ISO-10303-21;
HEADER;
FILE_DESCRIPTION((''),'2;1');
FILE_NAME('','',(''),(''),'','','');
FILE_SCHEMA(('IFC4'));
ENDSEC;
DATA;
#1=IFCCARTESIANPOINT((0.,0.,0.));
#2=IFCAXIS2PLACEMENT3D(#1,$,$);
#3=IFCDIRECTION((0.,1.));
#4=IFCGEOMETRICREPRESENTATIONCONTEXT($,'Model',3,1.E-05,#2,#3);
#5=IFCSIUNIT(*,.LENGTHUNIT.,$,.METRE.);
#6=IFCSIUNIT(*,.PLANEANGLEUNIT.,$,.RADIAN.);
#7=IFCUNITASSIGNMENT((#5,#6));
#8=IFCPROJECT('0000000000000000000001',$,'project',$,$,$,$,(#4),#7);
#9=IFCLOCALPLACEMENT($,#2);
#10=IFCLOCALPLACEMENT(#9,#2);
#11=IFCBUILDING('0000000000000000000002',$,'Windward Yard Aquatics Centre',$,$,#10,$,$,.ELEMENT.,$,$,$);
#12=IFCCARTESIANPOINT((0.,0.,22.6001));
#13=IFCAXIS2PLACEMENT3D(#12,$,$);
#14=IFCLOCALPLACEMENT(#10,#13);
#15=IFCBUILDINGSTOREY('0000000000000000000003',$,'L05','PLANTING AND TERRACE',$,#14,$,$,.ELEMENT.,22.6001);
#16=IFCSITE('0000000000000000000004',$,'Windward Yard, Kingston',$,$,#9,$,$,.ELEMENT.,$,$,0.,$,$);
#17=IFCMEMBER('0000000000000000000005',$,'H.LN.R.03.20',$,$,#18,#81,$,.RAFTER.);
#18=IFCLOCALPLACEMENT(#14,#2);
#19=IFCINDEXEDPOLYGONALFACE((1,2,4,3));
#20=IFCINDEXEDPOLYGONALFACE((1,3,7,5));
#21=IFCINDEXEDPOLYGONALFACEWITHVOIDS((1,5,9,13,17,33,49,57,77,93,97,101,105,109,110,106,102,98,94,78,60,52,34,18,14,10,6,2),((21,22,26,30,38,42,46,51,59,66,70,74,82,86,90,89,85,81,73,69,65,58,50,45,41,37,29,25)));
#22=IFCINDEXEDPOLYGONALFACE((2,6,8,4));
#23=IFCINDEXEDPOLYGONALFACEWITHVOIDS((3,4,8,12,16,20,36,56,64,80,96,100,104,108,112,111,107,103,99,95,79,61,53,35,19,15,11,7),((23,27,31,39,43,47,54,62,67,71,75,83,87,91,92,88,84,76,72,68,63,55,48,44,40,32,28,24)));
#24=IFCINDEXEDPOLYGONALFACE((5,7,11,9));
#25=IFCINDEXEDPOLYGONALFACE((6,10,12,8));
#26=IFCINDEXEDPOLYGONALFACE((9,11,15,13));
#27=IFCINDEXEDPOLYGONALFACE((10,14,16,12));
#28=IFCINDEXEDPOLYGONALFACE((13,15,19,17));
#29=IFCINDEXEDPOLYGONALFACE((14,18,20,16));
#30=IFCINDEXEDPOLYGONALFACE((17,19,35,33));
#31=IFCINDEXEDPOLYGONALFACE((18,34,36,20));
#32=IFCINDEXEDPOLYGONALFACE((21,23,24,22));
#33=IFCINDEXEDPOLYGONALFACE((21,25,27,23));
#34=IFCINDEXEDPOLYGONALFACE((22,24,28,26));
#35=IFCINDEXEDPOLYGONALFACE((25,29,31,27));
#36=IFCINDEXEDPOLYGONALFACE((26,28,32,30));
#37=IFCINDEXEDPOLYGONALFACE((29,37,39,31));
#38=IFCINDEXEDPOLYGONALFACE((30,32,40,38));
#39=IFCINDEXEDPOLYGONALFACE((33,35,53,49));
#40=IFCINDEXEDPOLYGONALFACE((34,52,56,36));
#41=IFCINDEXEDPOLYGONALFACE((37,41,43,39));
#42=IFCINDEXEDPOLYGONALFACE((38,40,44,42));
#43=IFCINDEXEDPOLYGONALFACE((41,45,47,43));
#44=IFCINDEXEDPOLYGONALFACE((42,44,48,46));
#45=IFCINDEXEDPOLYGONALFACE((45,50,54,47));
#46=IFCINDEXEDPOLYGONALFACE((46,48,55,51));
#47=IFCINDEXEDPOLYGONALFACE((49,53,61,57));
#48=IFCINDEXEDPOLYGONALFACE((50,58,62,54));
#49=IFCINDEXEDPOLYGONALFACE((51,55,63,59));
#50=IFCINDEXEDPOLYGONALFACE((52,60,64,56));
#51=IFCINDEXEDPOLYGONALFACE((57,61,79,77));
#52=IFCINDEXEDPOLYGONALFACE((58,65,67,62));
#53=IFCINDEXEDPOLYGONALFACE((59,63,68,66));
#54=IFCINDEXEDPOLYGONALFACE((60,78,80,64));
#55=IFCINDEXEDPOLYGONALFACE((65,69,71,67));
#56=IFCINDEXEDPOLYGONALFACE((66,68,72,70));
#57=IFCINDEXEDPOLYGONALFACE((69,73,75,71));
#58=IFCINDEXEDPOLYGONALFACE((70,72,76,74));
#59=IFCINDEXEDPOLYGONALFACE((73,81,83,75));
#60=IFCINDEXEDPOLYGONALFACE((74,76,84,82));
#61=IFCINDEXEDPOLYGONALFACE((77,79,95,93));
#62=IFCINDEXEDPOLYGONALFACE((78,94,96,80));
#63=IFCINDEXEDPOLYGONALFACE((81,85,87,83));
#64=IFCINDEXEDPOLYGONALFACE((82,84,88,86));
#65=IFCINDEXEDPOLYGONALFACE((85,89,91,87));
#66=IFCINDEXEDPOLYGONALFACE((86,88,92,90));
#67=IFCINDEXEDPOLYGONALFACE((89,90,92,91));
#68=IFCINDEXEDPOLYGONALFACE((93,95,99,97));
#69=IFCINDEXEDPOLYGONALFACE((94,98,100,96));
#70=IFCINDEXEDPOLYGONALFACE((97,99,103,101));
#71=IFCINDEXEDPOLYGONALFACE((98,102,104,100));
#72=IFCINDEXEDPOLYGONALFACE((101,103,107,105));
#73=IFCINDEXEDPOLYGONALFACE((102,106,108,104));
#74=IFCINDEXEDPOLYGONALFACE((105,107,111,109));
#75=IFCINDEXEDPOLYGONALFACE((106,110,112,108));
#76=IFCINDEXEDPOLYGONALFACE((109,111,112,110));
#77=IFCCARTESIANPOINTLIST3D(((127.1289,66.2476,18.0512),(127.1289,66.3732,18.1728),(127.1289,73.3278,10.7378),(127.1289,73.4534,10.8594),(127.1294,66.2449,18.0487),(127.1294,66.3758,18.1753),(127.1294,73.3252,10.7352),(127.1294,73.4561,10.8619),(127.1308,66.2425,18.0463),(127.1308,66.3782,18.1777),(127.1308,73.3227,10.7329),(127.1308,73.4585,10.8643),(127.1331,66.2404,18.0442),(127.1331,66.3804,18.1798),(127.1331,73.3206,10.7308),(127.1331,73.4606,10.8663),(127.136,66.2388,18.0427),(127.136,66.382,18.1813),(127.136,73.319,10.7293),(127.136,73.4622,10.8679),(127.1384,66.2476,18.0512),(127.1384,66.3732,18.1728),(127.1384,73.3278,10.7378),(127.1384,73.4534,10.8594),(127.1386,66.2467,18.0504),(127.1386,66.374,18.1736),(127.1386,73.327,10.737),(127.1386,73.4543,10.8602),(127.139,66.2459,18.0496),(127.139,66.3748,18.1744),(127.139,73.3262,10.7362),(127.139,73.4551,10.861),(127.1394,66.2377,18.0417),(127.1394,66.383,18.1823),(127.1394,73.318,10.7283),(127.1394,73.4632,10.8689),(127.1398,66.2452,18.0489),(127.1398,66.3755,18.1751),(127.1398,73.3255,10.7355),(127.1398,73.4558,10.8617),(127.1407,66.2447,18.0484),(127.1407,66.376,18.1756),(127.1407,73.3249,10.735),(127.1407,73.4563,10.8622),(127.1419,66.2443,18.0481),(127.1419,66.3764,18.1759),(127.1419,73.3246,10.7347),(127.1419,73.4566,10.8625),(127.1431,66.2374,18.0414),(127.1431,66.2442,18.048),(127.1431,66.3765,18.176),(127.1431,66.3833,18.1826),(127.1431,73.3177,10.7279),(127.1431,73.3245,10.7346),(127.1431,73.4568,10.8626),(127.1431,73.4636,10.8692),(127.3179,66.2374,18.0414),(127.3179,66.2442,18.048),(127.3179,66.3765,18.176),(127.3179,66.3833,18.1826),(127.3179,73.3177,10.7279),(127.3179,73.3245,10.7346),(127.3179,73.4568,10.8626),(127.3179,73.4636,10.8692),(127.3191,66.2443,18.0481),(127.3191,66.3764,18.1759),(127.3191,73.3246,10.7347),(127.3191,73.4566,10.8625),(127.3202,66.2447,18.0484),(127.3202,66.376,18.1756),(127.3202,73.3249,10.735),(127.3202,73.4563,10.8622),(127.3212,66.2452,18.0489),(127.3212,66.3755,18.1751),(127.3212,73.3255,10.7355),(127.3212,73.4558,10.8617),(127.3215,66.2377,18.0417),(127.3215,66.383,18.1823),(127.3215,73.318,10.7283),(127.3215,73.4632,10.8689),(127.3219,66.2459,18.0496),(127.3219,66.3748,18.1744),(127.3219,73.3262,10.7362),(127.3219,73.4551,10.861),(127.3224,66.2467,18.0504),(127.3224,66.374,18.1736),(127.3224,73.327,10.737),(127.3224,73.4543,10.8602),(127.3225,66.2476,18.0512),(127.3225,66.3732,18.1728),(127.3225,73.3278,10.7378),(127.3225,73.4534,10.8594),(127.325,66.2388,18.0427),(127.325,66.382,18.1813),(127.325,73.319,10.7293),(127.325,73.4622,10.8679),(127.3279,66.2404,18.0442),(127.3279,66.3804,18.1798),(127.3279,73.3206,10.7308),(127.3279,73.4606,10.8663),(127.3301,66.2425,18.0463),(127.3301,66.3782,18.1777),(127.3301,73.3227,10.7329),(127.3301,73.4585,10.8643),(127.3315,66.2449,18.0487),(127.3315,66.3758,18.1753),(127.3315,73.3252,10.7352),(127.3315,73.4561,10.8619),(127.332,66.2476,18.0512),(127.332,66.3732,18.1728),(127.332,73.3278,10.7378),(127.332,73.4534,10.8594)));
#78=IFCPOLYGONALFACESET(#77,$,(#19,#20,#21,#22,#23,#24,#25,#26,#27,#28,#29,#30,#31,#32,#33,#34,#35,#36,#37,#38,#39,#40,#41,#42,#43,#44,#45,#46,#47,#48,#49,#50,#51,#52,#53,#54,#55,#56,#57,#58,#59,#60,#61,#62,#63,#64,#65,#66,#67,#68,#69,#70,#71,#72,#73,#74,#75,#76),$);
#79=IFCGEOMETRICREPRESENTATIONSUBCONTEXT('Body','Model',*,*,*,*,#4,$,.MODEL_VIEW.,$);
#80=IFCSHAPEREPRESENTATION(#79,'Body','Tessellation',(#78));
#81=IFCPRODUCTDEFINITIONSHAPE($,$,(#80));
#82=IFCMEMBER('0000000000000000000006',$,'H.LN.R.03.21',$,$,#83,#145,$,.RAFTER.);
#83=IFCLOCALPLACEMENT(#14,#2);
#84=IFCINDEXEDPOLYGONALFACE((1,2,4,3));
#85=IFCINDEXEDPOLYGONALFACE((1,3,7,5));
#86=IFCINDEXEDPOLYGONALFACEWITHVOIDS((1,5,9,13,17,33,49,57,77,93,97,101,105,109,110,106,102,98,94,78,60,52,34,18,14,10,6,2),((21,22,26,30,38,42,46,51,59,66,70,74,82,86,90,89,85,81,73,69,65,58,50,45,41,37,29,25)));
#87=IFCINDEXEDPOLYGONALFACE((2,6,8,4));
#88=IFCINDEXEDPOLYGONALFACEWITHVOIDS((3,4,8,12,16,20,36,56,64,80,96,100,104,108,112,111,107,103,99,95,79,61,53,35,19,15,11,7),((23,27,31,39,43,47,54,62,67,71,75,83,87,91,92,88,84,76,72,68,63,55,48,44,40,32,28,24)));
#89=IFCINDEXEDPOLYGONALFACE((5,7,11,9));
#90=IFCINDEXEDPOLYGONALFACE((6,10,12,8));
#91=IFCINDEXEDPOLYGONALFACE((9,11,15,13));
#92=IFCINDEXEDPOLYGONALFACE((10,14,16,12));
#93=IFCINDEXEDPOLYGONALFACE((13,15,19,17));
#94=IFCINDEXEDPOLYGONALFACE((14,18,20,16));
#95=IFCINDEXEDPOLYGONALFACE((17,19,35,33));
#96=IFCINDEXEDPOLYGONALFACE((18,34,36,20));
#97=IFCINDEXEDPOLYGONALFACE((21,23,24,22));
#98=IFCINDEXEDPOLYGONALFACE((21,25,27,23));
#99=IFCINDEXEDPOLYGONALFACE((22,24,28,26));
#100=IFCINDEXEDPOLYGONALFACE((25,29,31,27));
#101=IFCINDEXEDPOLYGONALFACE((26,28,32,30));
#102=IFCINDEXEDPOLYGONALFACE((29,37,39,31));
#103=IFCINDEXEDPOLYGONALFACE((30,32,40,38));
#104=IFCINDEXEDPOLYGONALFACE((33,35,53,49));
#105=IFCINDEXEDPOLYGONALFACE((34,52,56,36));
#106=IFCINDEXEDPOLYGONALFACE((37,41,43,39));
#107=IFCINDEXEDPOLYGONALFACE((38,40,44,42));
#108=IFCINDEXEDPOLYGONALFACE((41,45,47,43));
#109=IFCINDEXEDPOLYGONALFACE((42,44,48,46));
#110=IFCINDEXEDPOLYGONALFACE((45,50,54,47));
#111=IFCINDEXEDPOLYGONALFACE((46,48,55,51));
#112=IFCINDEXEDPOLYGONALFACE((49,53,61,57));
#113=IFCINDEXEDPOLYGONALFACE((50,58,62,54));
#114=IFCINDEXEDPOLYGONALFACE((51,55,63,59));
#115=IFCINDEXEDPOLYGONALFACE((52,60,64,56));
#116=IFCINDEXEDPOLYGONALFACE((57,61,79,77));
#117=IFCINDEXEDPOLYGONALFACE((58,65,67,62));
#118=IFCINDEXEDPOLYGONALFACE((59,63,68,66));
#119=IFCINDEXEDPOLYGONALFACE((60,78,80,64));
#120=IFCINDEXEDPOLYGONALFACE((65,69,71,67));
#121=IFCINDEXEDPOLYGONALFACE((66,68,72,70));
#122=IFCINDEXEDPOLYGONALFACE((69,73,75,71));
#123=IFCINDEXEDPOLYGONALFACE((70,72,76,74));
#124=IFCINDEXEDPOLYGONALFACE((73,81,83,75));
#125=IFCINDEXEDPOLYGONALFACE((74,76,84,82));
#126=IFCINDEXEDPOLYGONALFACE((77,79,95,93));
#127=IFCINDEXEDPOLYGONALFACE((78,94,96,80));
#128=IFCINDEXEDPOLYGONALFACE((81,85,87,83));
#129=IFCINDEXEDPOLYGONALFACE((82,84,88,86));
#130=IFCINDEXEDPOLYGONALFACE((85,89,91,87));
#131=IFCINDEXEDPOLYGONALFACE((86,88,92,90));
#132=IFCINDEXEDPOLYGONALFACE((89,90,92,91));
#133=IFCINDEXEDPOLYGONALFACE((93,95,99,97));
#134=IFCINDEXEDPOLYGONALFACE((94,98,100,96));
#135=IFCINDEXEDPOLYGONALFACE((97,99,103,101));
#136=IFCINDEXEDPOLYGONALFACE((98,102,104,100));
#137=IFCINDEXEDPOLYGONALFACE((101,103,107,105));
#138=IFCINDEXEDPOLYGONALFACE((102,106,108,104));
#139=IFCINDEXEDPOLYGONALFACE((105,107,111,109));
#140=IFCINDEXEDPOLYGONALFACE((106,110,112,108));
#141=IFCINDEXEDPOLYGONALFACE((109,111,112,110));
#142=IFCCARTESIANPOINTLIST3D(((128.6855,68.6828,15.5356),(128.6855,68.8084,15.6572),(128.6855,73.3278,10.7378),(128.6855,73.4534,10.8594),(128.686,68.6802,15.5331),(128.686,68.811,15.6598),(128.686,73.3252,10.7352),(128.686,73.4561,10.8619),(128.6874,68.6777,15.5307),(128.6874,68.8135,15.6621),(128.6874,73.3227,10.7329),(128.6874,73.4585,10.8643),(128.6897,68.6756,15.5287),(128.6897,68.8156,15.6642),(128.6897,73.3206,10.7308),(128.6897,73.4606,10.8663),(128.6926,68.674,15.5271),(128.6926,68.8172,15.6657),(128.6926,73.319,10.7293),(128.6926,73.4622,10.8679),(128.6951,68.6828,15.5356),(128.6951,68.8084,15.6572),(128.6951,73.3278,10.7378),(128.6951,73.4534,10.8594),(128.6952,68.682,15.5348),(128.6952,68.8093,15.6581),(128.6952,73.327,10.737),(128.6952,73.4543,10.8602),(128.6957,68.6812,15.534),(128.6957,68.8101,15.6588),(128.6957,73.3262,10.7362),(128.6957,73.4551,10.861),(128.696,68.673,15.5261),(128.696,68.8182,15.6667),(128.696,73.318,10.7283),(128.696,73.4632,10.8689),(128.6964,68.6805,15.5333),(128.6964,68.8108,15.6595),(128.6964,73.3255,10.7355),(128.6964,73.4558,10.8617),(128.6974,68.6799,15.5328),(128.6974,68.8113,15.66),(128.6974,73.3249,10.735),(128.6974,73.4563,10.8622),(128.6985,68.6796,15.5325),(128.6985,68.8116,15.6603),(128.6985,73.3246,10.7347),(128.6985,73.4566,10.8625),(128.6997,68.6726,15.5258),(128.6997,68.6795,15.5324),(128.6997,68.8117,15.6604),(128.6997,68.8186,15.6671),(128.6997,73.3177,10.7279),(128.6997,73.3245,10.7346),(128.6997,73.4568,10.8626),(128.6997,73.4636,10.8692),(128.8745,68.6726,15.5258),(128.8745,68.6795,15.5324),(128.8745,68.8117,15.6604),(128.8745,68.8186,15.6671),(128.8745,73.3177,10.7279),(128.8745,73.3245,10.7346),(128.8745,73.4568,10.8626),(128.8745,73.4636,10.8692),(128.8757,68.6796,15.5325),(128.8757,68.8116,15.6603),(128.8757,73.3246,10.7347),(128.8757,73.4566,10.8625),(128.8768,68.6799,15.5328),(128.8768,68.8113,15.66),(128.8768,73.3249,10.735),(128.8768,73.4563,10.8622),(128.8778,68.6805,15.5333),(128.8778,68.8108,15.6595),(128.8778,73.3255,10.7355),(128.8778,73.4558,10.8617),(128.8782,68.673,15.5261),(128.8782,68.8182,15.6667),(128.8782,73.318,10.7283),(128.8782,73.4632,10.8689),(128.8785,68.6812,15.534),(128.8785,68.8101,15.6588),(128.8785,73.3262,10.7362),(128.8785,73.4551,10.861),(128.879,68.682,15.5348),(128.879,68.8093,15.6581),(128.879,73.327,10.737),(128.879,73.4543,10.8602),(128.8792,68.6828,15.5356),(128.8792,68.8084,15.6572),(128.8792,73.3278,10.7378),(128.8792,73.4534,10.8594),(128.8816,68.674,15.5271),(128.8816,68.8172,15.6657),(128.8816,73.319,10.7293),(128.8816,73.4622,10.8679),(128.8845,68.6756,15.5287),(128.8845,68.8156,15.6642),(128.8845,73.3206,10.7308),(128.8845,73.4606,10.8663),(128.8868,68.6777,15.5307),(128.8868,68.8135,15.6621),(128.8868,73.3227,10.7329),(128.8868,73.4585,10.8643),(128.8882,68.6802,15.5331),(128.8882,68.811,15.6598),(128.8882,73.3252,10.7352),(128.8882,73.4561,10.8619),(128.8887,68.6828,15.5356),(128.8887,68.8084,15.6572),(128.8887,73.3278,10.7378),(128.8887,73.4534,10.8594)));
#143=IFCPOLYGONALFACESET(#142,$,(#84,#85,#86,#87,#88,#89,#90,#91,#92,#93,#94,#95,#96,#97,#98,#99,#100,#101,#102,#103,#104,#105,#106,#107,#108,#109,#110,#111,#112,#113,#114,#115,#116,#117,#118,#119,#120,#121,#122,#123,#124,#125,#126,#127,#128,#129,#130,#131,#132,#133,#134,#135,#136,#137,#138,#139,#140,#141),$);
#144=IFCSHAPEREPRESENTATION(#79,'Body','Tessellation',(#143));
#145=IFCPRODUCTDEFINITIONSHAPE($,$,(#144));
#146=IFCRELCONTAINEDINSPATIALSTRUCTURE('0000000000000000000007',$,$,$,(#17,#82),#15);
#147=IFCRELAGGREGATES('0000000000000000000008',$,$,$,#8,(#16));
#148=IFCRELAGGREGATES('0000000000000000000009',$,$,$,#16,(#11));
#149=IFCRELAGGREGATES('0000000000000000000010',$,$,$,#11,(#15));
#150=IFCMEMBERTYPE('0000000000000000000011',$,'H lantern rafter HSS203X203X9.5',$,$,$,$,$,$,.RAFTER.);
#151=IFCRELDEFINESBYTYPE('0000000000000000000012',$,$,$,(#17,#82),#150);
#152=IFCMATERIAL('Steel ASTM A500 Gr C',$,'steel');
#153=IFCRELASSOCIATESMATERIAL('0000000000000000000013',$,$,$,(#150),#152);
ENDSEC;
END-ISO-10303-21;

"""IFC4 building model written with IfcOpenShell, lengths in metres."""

from ifc_helpers import new_model, si_unit, direction, frame, origin, origin_2d, place, context, subcontext, project, spatial, hollow_rectangle, extrude, material, material_profile, profile_set, type_object, element, save


model = new_model("IFC4")

# Units and contexts
model_context = context("Model", 3, precision=1e-05, world=origin(), true_north=direction((0.0, 1.0)))
body_context = subcontext(model_context, "Body", "Model", "MODEL_VIEW")
ifc_project = project(units=[si_unit("LENGTHUNIT", "METRE"), si_unit("PLANEANGLEUNIT", "RADIAN")], contexts=[model_context])

# Site, building, storey
site_placement = place(None, origin())
site = spatial("IfcSite", under=ifc_project, at=site_placement, Name="Windward Yard, Kingston", CompositionType="ELEMENT", RefElevation=0.0)
building_placement = place(site_placement, origin())
building = spatial("IfcBuilding", under=site, at=building_placement, Name="Windward Yard Aquatics Centre", CompositionType="ELEMENT")
storey_placement = place(building_placement, frame((0.0, 0.0, 22.6001)))
storey = spatial("IfcBuildingStorey", under=building, at=storey_placement, Name="L05", Description="PLANTING AND TERRACE", CompositionType="ELEMENT", Elevation=22.6001)

# Members
ifc_material_1 = material(Name="Steel ASTM A500 Gr C", Category="steel")
ifc_material_profile_1 = material_profile(ifc_material_1, hollow_rectangle(XDim=0.2031, YDim=0.2031, WallThickness=0.0095, InnerFilletRadius=0.0046, OuterFilletRadius=0.0142, at=origin_2d()), Name="HSS203X203X9.5")
ifc_profile_set_1 = profile_set([ifc_material_profile_1], Name="Steel ASTM A500 Gr C")
member_type_1 = type_object("IfcMemberType", Name="H lantern rafter HSS203X203X9.5", PredefinedType="RAFTER", material=ifc_profile_set_1)
member_1_placement = place(storey_placement, frame((127.2305, 73.3906, 10.7986), z_axis=(0.0, -0.695562, 0.718466), x_axis=(1.0, 0.0, 0.0)))
element("IfcMember", 1, at=member_1_placement, inside=storey, type_object=member_type_1, Name="H.LN.R.03.20", PredefinedType="RAFTER", context=body_context, shape_type="SweptSolid", body=[
    extrude(hollow_rectangle(XDim=0.2031, YDim=0.2031, WallThickness=0.0095, InnerFilletRadius=0.0046, OuterFilletRadius=0.0142, at=origin_2d()), origin(), (0.0, 0.0, 1.0), 10.1792),
])
member_2_placement = place(storey_placement, frame((128.7871, 73.3906, 10.7986), z_axis=(0.0, -0.695571, 0.718457), x_axis=(1.0, 0.0, 0.0)))
element("IfcMember", 2, at=member_2_placement, inside=storey, type_object=member_type_1, Name="H.LN.R.03.21", PredefinedType="RAFTER", context=body_context, shape_type="SweptSolid", body=[
    extrude(hollow_rectangle(XDim=0.2031, YDim=0.2031, WallThickness=0.0095, InnerFilletRadius=0.0046, OuterFilletRadius=0.0142, at=origin_2d()), origin(), (0.0, 0.0, 1.0), 6.678),
])

save(model, "model.ifc")
